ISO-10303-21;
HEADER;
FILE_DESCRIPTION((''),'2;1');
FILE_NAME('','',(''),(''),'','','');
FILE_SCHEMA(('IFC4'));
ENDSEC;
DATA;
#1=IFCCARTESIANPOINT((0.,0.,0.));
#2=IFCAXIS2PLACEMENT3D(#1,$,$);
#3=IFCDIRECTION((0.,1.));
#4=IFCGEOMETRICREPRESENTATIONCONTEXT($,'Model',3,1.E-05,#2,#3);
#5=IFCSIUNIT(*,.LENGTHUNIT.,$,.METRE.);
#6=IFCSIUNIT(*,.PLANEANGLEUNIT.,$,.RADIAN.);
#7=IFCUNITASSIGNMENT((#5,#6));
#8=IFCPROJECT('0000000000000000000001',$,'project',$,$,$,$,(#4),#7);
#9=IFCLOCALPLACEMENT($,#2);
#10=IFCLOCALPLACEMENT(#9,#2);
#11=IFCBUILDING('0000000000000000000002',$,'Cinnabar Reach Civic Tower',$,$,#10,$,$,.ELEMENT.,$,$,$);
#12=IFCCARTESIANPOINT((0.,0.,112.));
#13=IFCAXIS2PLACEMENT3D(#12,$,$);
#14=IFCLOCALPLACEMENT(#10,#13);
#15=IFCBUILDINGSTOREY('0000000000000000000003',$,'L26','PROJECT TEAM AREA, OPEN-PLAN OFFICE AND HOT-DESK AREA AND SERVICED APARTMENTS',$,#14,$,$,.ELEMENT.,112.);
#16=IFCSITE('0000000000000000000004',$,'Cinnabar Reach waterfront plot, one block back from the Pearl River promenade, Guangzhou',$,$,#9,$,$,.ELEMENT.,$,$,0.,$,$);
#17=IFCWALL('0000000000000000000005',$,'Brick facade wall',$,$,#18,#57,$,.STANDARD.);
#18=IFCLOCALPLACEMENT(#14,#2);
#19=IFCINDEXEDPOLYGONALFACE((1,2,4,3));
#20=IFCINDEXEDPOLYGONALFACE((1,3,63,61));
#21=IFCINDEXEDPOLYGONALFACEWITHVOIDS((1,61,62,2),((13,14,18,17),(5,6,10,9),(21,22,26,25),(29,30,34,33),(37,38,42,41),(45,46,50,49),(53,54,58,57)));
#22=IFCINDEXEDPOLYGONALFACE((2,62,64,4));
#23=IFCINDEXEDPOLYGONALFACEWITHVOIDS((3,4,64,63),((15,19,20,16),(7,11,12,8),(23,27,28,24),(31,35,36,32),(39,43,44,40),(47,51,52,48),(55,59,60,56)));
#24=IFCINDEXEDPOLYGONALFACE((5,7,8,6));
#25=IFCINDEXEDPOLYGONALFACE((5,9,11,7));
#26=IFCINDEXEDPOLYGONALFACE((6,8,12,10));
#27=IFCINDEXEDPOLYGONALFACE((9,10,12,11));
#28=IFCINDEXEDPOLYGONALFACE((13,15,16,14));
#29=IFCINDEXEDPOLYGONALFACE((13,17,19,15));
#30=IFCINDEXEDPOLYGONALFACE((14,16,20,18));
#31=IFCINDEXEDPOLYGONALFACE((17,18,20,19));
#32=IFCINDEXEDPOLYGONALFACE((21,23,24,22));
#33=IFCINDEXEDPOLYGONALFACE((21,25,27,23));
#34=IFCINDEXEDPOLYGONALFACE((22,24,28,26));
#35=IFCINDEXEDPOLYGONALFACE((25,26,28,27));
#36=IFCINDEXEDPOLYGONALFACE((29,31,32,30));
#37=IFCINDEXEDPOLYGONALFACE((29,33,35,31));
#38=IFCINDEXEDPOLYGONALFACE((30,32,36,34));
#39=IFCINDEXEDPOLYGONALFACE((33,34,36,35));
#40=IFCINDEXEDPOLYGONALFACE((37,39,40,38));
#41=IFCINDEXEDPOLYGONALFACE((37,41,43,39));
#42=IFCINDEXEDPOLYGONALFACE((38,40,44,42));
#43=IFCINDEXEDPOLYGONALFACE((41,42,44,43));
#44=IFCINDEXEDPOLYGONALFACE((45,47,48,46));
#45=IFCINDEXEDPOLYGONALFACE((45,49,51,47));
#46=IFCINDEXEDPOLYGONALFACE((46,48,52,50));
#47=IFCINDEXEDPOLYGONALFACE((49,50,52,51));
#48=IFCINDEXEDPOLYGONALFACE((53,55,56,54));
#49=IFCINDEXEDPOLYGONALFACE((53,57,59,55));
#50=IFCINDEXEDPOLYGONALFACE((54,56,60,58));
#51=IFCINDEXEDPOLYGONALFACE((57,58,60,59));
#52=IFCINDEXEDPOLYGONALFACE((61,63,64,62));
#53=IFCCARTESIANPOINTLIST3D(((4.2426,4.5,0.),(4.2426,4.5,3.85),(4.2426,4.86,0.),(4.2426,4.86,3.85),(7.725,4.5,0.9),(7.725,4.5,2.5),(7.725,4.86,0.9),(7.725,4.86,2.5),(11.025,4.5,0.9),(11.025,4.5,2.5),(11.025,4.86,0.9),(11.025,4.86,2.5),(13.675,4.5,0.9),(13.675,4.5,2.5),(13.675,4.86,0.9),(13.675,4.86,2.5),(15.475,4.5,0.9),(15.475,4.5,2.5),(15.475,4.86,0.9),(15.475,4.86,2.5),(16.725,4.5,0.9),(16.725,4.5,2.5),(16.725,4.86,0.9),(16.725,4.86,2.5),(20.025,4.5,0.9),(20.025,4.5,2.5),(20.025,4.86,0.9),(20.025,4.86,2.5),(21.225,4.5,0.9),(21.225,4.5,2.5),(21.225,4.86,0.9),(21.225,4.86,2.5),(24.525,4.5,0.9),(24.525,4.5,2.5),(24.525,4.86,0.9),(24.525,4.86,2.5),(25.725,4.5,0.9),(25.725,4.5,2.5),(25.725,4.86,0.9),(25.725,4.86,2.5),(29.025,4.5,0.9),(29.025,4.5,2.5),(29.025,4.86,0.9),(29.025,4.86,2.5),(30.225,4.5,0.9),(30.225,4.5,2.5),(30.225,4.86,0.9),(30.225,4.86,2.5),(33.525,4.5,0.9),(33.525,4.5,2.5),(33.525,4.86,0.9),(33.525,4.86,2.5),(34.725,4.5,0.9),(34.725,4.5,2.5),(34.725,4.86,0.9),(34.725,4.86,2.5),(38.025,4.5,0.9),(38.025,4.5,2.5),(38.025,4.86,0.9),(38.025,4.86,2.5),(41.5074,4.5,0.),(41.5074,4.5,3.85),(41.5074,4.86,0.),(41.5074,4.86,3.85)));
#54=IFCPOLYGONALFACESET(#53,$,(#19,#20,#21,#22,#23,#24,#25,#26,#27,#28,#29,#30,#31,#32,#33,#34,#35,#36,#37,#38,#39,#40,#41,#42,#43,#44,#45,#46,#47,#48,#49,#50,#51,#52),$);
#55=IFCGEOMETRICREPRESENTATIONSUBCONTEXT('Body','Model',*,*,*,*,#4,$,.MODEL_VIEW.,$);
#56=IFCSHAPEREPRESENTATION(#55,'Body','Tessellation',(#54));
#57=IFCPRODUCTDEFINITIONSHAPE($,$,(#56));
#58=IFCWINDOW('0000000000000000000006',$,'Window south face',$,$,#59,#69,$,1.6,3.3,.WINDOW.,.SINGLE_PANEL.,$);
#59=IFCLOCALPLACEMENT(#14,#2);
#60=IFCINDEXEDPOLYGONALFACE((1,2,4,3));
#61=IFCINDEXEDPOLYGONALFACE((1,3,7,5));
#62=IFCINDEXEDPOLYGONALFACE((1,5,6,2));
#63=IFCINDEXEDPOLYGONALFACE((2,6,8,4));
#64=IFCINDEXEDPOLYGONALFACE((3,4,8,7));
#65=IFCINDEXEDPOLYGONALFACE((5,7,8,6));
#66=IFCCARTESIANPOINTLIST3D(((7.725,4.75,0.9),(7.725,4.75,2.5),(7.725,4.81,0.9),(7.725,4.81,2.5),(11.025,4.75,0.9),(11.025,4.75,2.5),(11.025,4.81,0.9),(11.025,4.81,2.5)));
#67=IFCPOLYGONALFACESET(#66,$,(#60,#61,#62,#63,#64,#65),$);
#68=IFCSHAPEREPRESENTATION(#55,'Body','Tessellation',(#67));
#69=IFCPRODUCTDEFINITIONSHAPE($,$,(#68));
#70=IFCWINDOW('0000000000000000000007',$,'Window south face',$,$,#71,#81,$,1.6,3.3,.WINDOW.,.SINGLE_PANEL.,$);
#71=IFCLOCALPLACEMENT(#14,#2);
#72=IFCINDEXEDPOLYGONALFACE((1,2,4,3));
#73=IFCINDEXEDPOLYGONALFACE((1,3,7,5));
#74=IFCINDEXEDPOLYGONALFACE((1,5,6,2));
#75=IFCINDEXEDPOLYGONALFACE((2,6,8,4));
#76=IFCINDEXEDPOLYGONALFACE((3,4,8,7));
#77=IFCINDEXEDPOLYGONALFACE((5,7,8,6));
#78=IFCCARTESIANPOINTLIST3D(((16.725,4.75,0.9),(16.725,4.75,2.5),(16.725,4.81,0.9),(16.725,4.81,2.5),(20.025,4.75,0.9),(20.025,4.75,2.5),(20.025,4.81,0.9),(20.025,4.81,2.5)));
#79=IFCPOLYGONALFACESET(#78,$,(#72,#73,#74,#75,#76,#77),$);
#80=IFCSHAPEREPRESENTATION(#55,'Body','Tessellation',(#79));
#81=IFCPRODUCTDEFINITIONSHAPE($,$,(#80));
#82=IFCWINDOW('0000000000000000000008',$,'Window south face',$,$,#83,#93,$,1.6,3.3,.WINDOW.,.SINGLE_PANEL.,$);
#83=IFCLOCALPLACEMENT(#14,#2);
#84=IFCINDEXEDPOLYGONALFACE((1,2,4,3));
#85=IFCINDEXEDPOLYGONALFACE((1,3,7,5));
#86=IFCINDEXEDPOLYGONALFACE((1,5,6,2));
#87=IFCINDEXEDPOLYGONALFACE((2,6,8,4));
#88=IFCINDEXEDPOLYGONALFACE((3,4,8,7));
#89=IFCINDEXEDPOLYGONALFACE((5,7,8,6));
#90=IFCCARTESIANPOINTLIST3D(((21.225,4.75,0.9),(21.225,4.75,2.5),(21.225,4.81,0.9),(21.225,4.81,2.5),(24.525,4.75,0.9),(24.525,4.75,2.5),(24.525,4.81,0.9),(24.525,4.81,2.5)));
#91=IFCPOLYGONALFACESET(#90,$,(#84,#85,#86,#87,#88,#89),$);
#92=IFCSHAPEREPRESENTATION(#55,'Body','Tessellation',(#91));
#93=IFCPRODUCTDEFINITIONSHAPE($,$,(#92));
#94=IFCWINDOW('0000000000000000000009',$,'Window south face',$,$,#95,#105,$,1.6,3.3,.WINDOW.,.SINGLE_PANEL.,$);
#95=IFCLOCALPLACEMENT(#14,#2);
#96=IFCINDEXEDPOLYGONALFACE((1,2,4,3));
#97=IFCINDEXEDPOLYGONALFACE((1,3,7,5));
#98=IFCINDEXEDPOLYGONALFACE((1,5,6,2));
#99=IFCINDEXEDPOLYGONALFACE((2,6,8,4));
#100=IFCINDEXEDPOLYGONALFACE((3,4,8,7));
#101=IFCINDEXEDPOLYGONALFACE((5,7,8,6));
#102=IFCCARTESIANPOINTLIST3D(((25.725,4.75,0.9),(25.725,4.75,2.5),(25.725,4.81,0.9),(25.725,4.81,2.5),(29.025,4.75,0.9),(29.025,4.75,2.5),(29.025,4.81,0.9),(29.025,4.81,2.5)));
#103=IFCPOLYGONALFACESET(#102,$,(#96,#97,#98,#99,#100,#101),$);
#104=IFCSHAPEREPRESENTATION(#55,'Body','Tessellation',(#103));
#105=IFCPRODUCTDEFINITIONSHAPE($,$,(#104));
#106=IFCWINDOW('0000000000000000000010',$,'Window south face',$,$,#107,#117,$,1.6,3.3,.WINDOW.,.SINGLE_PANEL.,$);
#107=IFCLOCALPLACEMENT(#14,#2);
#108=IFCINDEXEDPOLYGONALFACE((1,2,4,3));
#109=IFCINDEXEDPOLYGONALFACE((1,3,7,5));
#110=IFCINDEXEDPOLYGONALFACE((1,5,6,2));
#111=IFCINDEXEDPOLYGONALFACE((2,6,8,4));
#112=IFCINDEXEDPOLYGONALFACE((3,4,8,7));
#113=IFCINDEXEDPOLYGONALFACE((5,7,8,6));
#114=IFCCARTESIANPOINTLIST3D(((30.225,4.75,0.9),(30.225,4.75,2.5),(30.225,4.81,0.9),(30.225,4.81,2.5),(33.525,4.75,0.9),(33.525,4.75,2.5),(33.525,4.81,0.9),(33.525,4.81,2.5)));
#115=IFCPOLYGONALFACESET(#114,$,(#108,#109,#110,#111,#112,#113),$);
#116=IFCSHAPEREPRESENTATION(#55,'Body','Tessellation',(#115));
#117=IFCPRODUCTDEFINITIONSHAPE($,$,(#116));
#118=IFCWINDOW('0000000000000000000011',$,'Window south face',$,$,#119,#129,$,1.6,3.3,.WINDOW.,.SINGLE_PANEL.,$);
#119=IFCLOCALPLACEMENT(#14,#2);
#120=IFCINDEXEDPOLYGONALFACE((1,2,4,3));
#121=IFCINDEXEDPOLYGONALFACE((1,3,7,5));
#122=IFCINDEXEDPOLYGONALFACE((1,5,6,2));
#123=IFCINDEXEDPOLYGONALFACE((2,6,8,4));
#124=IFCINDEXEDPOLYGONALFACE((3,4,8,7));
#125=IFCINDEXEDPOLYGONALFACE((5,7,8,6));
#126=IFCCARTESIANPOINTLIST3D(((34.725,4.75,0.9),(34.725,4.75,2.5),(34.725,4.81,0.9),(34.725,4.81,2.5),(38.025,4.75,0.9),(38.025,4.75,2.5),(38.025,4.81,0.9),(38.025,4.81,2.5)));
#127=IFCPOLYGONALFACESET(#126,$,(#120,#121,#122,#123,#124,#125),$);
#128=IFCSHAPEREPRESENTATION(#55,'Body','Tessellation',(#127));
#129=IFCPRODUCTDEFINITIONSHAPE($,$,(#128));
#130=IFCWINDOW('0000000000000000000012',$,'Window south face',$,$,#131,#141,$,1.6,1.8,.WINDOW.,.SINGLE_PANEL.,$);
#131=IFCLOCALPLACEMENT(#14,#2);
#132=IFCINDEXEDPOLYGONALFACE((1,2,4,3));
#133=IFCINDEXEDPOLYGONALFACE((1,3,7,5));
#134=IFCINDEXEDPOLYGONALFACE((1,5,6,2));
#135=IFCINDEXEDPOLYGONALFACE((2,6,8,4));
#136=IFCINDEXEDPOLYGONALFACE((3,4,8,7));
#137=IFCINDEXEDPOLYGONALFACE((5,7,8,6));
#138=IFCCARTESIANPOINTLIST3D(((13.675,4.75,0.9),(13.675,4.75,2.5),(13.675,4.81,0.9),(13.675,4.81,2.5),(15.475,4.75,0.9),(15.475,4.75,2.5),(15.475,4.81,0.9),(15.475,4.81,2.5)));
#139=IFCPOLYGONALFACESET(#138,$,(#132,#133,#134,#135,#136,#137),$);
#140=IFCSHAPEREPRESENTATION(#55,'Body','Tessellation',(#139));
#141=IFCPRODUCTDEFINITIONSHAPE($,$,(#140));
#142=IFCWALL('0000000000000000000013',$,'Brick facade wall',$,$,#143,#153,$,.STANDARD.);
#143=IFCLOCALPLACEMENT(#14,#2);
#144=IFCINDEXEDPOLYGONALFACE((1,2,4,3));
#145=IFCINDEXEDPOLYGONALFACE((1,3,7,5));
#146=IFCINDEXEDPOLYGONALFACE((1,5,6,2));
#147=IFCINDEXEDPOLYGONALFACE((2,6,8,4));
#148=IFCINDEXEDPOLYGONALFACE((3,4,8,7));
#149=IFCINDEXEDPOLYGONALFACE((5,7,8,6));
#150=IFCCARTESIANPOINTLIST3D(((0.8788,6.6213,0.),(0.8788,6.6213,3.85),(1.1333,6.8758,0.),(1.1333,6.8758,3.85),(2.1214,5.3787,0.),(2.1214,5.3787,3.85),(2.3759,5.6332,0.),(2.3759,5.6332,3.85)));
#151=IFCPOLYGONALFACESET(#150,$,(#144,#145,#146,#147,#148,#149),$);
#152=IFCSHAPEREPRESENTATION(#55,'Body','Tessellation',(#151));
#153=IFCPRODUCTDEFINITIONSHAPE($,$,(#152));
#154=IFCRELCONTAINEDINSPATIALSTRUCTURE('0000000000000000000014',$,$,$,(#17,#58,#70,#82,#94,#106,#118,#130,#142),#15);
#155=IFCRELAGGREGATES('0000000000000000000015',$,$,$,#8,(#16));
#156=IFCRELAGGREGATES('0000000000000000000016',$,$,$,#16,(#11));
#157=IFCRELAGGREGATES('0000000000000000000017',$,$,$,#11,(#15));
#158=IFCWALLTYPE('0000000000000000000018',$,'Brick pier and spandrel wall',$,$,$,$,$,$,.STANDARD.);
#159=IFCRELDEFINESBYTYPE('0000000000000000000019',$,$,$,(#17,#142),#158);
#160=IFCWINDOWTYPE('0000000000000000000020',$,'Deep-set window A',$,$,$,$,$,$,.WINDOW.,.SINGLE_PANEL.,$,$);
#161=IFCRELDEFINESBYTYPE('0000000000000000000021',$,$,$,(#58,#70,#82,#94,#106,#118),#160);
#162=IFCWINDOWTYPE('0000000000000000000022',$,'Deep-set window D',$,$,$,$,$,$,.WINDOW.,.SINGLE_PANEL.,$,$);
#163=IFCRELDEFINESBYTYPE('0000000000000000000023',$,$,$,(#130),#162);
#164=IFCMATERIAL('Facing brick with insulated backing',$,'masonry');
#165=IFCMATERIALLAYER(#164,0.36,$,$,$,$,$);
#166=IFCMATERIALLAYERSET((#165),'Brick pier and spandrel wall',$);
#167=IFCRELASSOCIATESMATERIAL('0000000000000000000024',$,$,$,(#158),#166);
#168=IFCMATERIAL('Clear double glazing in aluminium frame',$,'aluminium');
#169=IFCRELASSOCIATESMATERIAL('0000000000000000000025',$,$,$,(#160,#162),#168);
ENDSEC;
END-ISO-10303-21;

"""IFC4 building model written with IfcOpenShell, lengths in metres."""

from ifc_helpers import new_model, si_unit, direction, frame, frame_2d, origin, place, context, subcontext, project, spatial, rectangle, extrude, material, layer, layer_set, type_object, element, fill, save


model = new_model("IFC4")

# Units and contexts
model_context = context("Model", 3, precision=1e-05, world=origin(), true_north=direction((0.0, 1.0)))
body_context = subcontext(model_context, "Body", "Model", "MODEL_VIEW")
ifc_project = project(units=[si_unit("LENGTHUNIT", "METRE"), si_unit("PLANEANGLEUNIT", "RADIAN")], contexts=[model_context])

# Site, building, storey
site_placement = place(None, origin())
site = spatial("IfcSite", under=ifc_project, at=site_placement, Name="Cinnabar Reach waterfront plot, one block back from the Pearl River promenade, Guangzhou", CompositionType="ELEMENT", RefElevation=0.0)
building_placement = place(site_placement, origin())
building = spatial("IfcBuilding", under=site, at=building_placement, Name="Cinnabar Reach Civic Tower", CompositionType="ELEMENT")
storey_placement = place(building_placement, frame((0.0, 0.0, 112.0)))
storey = spatial("IfcBuildingStorey", under=building, at=storey_placement, Name="L26", Description="PROJECT TEAM AREA, OPEN-PLAN OFFICE AND HOT-DESK AREA AND SERVICED APARTMENTS", CompositionType="ELEMENT", Elevation=112.0)

# Shared definitions
ifc_material_1 = material(Name="Facing brick with insulated backing", Category="masonry")

# Wall, openings, windows
ifc_layer_1 = layer(ifc_material_1, 0.36)
ifc_layer_set_1 = layer_set([ifc_layer_1], Name="Brick pier and spandrel wall")
wall_type_1 = type_object("IfcWallType", Name="Brick pier and spandrel wall", PredefinedType="STANDARD", material=ifc_layer_set_1)
wall_1_placement = place(storey_placement, frame((4.2426, 4.68, 0.0), z_axis=(0.0, 0.0, 1.0), x_axis=(1.0, 0.0, 0.0)))
wall_1 = element("IfcWall", 1, at=wall_1_placement, inside=storey, type_object=wall_type_1, Name="Brick facade wall", PredefinedType="STANDARD", context=body_context, shape_type="SweptSolid", body=[
    extrude(rectangle(XDim=37.2648, YDim=0.36, at=frame_2d((18.6324, 0.0))), origin(), (0.0, 0.0, 1.0), 3.85),
])
opening_1_placement = place(wall_1_placement, frame((3.4824, 0.0, 0.9)))
opening_1 = element("IfcOpeningElement", 2, at=opening_1_placement, cuts=wall_1, PredefinedType="OPENING", context=body_context, shape_type="SweptSolid", body=[
    extrude(rectangle(XDim=3.3, YDim=1.6, at=frame_2d((1.65, 0.8))), frame((0.0, 0.19, 0.0), z_axis=(0.0, -1.0, 0.0), x_axis=(1.0, 0.0, 0.0)), (0.0, 0.0, 1.0), 0.38),
])
opening_2_placement = place(wall_1_placement, frame((9.4324, 0.0, 0.9)))
opening_2 = element("IfcOpeningElement", 3, at=opening_2_placement, cuts=wall_1, PredefinedType="OPENING", context=body_context, shape_type="SweptSolid", body=[
    extrude(rectangle(XDim=1.8, YDim=1.6, at=frame_2d((0.9, 0.8))), frame((0.0, 0.19, 0.0), z_axis=(0.0, -1.0, 0.0), x_axis=(1.0, 0.0, 0.0)), (0.0, 0.0, 1.0), 0.38),
])
opening_3_placement = place(wall_1_placement, frame((12.4824, 0.0, 0.9)))
opening_3 = element("IfcOpeningElement", 4, at=opening_3_placement, cuts=wall_1, PredefinedType="OPENING", context=body_context, shape_type="SweptSolid", body=[
    extrude(rectangle(XDim=3.3, YDim=1.6, at=frame_2d((1.65, 0.8))), frame((0.0, 0.19, 0.0), z_axis=(0.0, -1.0, 0.0), x_axis=(1.0, 0.0, 0.0)), (0.0, 0.0, 1.0), 0.38),
])
opening_4_placement = place(wall_1_placement, frame((16.9824, 0.0, 0.9)))
opening_4 = element("IfcOpeningElement", 5, at=opening_4_placement, cuts=wall_1, PredefinedType="OPENING", context=body_context, shape_type="SweptSolid", body=[
    extrude(rectangle(XDim=3.3, YDim=1.6, at=frame_2d((1.65, 0.8))), frame((0.0, 0.19, 0.0), z_axis=(0.0, -1.0, 0.0), x_axis=(1.0, 0.0, 0.0)), (0.0, 0.0, 1.0), 0.38),
])
opening_5_placement = place(wall_1_placement, frame((21.4824, 0.0, 0.9)))
opening_5 = element("IfcOpeningElement", 6, at=opening_5_placement, cuts=wall_1, PredefinedType="OPENING", context=body_context, shape_type="SweptSolid", body=[
    extrude(rectangle(XDim=3.3, YDim=1.6, at=frame_2d((1.65, 0.8))), frame((0.0, 0.19, 0.0), z_axis=(0.0, -1.0, 0.0), x_axis=(1.0, 0.0, 0.0)), (0.0, 0.0, 1.0), 0.38),
])
opening_6_placement = place(wall_1_placement, frame((25.9824, 0.0, 0.9)))
opening_6 = element("IfcOpeningElement", 7, at=opening_6_placement, cuts=wall_1, PredefinedType="OPENING", context=body_context, shape_type="SweptSolid", body=[
    extrude(rectangle(XDim=3.3, YDim=1.6, at=frame_2d((1.65, 0.8))), frame((0.0, 0.19, 0.0), z_axis=(0.0, -1.0, 0.0), x_axis=(1.0, 0.0, 0.0)), (0.0, 0.0, 1.0), 0.38),
])
opening_7_placement = place(wall_1_placement, frame((30.4824, 0.0, 0.9)))
opening_7 = element("IfcOpeningElement", 8, at=opening_7_placement, cuts=wall_1, PredefinedType="OPENING", context=body_context, shape_type="SweptSolid", body=[
    extrude(rectangle(XDim=3.3, YDim=1.6, at=frame_2d((1.65, 0.8))), frame((0.0, 0.19, 0.0), z_axis=(0.0, -1.0, 0.0), x_axis=(1.0, 0.0, 0.0)), (0.0, 0.0, 1.0), 0.38),
])
ifc_material_2 = material(Name="Clear double glazing in aluminium frame", Category="aluminium")
window_type_1 = type_object("IfcWindowType", Name="Deep-set window A", PartitioningType="SINGLE_PANEL", PredefinedType="WINDOW", material=ifc_material_2)
window_1_placement = place(opening_1_placement, origin())
window_1 = element("IfcWindow", 9, at=window_1_placement, inside=storey, type_object=window_type_1, Name="Window south face", OverallHeight=1.6, OverallWidth=3.3, PartitioningType="SINGLE_PANEL", PredefinedType="WINDOW", context=body_context, shape_type="SweptSolid", body=[
    extrude(rectangle(XDim=3.3, YDim=1.6, at=frame_2d((1.65, 0.8))), frame((0.0, 0.13, 0.0), z_axis=(0.0, -1.0, 0.0), x_axis=(1.0, 0.0, 0.0)), (0.0, 0.0, 1.0), 0.06),
])
fill(opening_1, window_1)
window_2_placement = place(opening_3_placement, origin())
window_2 = element("IfcWindow", 10, at=window_2_placement, inside=storey, type_object=window_type_1, Name="Window south face", OverallHeight=1.6, OverallWidth=3.3, PartitioningType="SINGLE_PANEL", PredefinedType="WINDOW", context=body_context, shape_type="SweptSolid", body=[
    extrude(rectangle(XDim=3.3, YDim=1.6, at=frame_2d((1.65, 0.8))), frame((0.0, 0.13, 0.0), z_axis=(0.0, -1.0, 0.0), x_axis=(1.0, 0.0, 0.0)), (0.0, 0.0, 1.0), 0.06),
])
fill(opening_3, window_2)
window_3_placement = place(opening_4_placement, origin())
window_3 = element("IfcWindow", 11, at=window_3_placement, inside=storey, type_object=window_type_1, Name="Window south face", OverallHeight=1.6, OverallWidth=3.3, PartitioningType="SINGLE_PANEL", PredefinedType="WINDOW", context=body_context, shape_type="SweptSolid", body=[
    extrude(rectangle(XDim=3.3, YDim=1.6, at=frame_2d((1.65, 0.8))), frame((0.0, 0.13, 0.0), z_axis=(0.0, -1.0, 0.0), x_axis=(1.0, 0.0, 0.0)), (0.0, 0.0, 1.0), 0.06),
])
fill(opening_4, window_3)
window_4_placement = place(opening_5_placement, origin())
window_4 = element("IfcWindow", 12, at=window_4_placement, inside=storey, type_object=window_type_1, Name="Window south face", OverallHeight=1.6, OverallWidth=3.3, PartitioningType="SINGLE_PANEL", PredefinedType="WINDOW", context=body_context, shape_type="SweptSolid", body=[
    extrude(rectangle(XDim=3.3, YDim=1.6, at=frame_2d((1.65, 0.8))), frame((0.0, 0.13, 0.0), z_axis=(0.0, -1.0, 0.0), x_axis=(1.0, 0.0, 0.0)), (0.0, 0.0, 1.0), 0.06),
])
fill(opening_5, window_4)
window_5_placement = place(opening_6_placement, origin())
window_5 = element("IfcWindow", 13, at=window_5_placement, inside=storey, type_object=window_type_1, Name="Window south face", OverallHeight=1.6, OverallWidth=3.3, PartitioningType="SINGLE_PANEL", PredefinedType="WINDOW", context=body_context, shape_type="SweptSolid", body=[
    extrude(rectangle(XDim=3.3, YDim=1.6, at=frame_2d((1.65, 0.8))), frame((0.0, 0.13, 0.0), z_axis=(0.0, -1.0, 0.0), x_axis=(1.0, 0.0, 0.0)), (0.0, 0.0, 1.0), 0.06),
])
fill(opening_6, window_5)
window_6_placement = place(opening_7_placement, origin())
window_6 = element("IfcWindow", 14, at=window_6_placement, inside=storey, type_object=window_type_1, Name="Window south face", OverallHeight=1.6, OverallWidth=3.3, PartitioningType="SINGLE_PANEL", PredefinedType="WINDOW", context=body_context, shape_type="SweptSolid", body=[
    extrude(rectangle(XDim=3.3, YDim=1.6, at=frame_2d((1.65, 0.8))), frame((0.0, 0.13, 0.0), z_axis=(0.0, -1.0, 0.0), x_axis=(1.0, 0.0, 0.0)), (0.0, 0.0, 1.0), 0.06),
])
fill(opening_7, window_6)
window_type_2 = type_object("IfcWindowType", Name="Deep-set window D", PartitioningType="SINGLE_PANEL", PredefinedType="WINDOW", material=ifc_material_2)
window_7_placement = place(opening_2_placement, origin())
window_7 = element("IfcWindow", 15, at=window_7_placement, inside=storey, type_object=window_type_2, Name="Window south face", OverallHeight=1.6, OverallWidth=1.8, PartitioningType="SINGLE_PANEL", PredefinedType="WINDOW", context=body_context, shape_type="SweptSolid", body=[
    extrude(rectangle(XDim=1.8, YDim=1.6, at=frame_2d((0.9, 0.8))), frame((0.0, 0.13, 0.0), z_axis=(0.0, -1.0, 0.0), x_axis=(1.0, 0.0, 0.0)), (0.0, 0.0, 1.0), 0.06),
])
fill(opening_2, window_7)

# Wall
wall_2_placement = place(storey_placement, frame((1.006, 6.7486, 0.0), z_axis=(0.0, 0.0, 1.0), x_axis=(0.707107, -0.707107, 0.0)))
element("IfcWall", 16, at=wall_2_placement, inside=storey, type_object=wall_type_1, Name="Brick facade wall", PredefinedType="STANDARD", context=body_context, shape_type="SweptSolid", body=[
    extrude(rectangle(XDim=1.7573, YDim=0.36, at=frame_2d((0.8787, 0.0))), origin(), (0.0, 0.0, 1.0), 3.85),
])

save(model, "model.ifc")
